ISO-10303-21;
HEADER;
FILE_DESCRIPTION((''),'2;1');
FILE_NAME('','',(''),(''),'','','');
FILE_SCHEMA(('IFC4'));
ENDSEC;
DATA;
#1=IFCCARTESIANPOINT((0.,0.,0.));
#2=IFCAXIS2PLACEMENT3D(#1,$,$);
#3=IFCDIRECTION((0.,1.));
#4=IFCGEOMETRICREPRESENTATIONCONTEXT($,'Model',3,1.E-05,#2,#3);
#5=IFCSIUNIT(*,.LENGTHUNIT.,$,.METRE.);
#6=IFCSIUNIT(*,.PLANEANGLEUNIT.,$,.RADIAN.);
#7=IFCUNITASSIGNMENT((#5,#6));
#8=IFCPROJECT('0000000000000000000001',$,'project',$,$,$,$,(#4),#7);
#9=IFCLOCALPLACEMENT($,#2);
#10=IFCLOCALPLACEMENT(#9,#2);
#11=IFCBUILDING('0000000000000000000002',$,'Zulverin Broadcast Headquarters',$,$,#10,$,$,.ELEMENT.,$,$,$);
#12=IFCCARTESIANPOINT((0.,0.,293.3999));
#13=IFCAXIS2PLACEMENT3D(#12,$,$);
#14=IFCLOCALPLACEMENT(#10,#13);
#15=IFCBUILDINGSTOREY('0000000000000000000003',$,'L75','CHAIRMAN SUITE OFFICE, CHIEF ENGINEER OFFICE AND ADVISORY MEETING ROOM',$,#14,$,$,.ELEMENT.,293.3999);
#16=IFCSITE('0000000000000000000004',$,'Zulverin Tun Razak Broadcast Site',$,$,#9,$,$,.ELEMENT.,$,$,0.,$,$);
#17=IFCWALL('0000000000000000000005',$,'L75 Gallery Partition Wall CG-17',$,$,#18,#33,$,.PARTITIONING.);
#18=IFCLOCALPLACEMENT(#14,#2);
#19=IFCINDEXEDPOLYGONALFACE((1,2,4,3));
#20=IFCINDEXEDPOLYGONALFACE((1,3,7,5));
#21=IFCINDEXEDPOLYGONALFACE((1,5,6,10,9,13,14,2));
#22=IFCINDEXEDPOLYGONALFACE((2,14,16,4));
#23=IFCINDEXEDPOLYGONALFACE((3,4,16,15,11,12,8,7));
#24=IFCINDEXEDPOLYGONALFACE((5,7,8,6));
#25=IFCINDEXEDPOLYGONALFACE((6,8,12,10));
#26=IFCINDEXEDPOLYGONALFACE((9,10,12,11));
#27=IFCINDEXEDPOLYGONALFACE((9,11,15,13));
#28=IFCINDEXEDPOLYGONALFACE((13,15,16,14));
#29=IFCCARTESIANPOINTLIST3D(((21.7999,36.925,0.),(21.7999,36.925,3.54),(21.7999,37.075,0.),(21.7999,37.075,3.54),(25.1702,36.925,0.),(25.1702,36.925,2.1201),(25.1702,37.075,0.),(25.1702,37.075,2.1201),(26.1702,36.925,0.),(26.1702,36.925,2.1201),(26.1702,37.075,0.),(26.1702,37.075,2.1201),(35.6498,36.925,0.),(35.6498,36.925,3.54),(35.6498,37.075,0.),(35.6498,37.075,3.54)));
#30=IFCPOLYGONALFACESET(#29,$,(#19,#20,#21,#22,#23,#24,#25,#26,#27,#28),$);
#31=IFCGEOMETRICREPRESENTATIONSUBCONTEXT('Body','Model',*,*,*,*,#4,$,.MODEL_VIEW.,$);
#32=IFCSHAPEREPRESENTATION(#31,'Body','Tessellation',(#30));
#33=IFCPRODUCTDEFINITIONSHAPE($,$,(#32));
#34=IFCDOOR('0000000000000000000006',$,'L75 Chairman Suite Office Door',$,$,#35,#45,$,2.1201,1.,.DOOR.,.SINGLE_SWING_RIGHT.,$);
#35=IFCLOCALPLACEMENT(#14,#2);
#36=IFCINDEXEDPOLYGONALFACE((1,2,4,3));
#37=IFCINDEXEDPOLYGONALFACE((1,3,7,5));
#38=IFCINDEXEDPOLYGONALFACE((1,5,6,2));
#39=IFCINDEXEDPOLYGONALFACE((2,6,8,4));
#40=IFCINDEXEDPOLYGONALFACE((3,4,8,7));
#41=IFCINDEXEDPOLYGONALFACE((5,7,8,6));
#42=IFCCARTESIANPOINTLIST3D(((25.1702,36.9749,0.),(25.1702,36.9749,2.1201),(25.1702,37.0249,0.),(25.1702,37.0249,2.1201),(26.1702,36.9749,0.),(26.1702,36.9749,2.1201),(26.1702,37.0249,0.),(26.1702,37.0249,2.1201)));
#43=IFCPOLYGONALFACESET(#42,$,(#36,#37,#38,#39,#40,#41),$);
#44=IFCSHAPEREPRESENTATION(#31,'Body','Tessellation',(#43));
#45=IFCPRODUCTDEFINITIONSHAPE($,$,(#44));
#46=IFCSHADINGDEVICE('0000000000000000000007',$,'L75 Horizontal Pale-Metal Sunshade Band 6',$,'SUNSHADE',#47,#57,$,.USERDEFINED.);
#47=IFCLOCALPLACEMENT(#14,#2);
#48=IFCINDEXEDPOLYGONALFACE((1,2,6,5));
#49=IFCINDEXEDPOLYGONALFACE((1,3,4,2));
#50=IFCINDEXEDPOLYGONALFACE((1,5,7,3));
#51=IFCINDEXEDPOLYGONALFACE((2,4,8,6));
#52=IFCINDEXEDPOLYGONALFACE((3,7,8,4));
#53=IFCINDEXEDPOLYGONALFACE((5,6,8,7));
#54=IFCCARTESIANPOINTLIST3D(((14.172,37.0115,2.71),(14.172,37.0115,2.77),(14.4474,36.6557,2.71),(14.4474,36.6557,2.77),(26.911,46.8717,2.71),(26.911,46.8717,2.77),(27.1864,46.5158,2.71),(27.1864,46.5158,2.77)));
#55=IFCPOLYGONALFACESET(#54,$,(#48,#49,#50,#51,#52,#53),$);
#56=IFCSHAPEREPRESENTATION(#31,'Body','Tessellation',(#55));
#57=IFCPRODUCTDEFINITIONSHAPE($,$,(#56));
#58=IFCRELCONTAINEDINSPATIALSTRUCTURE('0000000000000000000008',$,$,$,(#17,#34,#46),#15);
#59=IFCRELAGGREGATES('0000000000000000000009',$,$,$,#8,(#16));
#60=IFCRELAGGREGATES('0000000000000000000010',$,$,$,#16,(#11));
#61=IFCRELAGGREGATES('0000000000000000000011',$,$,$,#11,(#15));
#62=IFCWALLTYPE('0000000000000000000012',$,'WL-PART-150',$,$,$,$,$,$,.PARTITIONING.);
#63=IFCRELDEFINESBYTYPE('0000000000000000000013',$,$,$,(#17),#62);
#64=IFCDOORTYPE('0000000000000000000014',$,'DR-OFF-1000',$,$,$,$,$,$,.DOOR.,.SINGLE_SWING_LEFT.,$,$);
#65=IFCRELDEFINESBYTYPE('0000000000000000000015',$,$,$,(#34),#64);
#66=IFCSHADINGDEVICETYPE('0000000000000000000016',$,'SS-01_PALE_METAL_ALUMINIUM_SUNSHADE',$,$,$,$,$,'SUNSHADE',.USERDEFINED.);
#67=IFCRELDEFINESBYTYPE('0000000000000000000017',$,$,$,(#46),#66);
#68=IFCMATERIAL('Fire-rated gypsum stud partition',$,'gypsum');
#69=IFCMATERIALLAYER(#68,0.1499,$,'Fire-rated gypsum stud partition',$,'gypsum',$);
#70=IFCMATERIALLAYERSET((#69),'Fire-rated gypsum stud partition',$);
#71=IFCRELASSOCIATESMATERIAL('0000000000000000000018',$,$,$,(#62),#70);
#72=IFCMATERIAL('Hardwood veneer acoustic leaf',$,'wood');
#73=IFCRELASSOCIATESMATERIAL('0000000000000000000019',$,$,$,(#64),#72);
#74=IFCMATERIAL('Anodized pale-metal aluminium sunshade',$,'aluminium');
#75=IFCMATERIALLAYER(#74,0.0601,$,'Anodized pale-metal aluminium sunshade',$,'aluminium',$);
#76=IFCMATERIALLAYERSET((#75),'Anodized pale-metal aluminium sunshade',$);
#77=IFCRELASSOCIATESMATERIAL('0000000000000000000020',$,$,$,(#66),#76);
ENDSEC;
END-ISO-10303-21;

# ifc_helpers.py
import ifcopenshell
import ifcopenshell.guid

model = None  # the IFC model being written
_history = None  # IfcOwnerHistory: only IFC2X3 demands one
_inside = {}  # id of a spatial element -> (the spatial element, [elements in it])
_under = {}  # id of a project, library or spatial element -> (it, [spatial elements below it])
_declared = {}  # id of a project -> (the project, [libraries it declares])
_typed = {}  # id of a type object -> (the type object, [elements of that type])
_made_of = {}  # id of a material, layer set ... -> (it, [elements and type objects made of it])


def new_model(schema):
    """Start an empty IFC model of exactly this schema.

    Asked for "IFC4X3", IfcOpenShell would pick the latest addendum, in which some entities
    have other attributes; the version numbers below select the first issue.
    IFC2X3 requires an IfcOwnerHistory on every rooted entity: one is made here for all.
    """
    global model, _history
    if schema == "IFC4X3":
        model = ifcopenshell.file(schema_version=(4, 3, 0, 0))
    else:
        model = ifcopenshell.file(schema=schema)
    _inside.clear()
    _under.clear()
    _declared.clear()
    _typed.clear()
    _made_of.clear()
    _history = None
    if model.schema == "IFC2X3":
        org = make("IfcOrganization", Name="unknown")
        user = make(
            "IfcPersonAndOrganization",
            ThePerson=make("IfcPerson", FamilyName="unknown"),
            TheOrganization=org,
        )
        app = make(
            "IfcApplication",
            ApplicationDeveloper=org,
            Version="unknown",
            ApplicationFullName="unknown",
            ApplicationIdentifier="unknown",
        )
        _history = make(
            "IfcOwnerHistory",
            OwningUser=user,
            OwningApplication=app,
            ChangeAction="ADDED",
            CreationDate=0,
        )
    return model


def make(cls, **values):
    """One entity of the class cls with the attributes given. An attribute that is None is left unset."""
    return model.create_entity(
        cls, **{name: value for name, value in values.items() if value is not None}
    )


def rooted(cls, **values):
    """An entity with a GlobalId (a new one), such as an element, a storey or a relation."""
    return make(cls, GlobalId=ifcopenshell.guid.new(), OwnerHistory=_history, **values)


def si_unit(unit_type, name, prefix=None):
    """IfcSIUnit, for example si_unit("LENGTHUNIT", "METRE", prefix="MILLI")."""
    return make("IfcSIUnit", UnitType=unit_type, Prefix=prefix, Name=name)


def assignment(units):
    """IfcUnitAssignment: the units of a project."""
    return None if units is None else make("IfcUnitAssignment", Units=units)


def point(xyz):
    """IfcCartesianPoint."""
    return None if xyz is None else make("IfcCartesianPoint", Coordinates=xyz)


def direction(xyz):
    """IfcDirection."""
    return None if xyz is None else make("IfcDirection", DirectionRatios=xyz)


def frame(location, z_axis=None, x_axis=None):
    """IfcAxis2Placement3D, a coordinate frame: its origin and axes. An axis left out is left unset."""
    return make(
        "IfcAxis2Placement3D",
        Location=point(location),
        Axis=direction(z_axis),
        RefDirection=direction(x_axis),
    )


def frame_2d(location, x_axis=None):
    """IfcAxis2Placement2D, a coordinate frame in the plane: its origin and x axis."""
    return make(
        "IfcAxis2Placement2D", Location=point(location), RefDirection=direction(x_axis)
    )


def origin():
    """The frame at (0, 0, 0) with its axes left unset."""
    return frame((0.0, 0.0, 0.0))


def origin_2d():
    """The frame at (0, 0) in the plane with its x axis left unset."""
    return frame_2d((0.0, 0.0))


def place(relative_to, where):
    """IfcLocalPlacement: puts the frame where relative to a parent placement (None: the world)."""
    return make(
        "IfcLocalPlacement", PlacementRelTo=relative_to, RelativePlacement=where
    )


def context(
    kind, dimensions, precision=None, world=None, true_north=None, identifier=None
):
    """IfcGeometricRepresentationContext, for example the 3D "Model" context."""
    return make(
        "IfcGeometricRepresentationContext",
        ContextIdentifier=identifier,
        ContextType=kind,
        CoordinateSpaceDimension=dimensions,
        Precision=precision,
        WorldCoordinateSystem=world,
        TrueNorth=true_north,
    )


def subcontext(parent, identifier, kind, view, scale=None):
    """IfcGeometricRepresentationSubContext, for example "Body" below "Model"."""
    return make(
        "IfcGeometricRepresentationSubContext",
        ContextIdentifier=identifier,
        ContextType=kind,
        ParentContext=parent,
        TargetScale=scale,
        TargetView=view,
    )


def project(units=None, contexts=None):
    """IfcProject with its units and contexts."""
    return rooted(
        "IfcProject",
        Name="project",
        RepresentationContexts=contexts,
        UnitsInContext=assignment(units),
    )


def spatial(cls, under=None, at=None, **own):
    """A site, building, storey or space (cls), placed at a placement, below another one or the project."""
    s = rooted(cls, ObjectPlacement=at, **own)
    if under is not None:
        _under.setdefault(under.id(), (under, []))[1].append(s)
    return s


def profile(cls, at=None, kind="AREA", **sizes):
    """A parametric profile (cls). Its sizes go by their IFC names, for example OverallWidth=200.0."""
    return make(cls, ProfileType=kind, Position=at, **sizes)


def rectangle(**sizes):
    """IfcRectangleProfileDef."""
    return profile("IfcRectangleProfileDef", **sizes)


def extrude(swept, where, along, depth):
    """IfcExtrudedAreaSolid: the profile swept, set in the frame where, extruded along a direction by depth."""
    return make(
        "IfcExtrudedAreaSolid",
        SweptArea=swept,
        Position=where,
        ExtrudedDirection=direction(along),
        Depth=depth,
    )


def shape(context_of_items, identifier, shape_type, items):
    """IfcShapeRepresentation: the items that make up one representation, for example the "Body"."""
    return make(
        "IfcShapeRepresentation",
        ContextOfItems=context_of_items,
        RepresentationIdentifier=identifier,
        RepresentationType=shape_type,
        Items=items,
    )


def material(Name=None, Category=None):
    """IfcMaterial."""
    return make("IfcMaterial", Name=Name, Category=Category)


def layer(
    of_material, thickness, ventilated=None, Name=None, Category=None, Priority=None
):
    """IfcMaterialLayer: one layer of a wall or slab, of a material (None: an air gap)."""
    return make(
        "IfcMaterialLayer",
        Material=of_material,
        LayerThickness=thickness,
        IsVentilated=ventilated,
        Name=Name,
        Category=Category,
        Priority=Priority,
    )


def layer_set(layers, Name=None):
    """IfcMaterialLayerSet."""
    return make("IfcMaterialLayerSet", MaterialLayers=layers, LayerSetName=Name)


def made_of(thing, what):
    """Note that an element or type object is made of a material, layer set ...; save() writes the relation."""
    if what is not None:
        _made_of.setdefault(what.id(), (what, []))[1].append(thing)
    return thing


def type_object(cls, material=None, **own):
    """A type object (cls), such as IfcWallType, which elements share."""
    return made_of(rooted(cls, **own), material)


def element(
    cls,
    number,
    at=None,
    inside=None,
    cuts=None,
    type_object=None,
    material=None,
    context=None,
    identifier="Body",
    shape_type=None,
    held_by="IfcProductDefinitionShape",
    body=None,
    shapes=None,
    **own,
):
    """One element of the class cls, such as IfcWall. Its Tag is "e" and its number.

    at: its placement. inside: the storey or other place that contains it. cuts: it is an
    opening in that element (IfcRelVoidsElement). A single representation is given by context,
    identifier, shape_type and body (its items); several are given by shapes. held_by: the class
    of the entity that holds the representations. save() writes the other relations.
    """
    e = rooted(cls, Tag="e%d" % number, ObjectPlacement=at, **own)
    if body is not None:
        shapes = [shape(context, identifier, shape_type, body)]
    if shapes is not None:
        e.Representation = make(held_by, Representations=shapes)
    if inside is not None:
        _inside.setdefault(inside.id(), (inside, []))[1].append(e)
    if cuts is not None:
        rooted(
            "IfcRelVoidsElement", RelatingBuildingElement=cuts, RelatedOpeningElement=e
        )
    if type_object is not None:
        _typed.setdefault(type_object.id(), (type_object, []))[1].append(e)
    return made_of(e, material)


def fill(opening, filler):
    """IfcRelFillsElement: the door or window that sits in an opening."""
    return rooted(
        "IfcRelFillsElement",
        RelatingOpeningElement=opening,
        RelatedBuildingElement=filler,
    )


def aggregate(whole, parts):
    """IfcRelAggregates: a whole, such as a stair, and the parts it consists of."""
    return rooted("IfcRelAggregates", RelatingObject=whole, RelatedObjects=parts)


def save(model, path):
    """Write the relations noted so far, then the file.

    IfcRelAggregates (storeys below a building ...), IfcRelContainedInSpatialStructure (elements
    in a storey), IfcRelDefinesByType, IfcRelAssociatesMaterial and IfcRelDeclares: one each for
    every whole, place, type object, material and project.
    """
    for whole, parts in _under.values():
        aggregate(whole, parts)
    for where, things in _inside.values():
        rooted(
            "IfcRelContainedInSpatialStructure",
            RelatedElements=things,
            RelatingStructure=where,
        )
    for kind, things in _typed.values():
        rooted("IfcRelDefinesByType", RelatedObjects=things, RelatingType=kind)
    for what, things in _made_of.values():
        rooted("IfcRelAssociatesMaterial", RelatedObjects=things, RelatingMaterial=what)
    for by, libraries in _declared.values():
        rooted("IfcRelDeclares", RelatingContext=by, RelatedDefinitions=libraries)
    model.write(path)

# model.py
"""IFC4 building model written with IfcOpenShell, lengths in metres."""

from ifc_helpers import new_model, si_unit, direction, frame, frame_2d, origin, origin_2d, place, context, subcontext, project, spatial, rectangle, extrude, material, layer, layer_set, type_object, element, fill, save


model = new_model("IFC4")

# Units and contexts
model_context = context("Model", 3, precision=1e-05, world=origin(), true_north=direction((0.0, 1.0)))
body_context = subcontext(model_context, "Body", "Model", "MODEL_VIEW")
ifc_project = project(units=[si_unit("LENGTHUNIT", "METRE"), si_unit("PLANEANGLEUNIT", "RADIAN")], contexts=[model_context])

# Site, building, storey
site_placement = place(None, origin())
site = spatial("IfcSite", under=ifc_project, at=site_placement, Name="Zulverin Tun Razak Broadcast Site", CompositionType="ELEMENT", RefElevation=0.0)
building_placement = place(site_placement, origin())
building = spatial("IfcBuilding", under=site, at=building_placement, Name="Zulverin Broadcast Headquarters", CompositionType="ELEMENT")
storey_placement = place(building_placement, frame((0.0, 0.0, 293.3999)))
storey = spatial("IfcBuildingStorey", under=building, at=storey_placement, Name="L75", Description="CHAIRMAN SUITE OFFICE, CHIEF ENGINEER OFFICE AND ADVISORY MEETING ROOM", CompositionType="ELEMENT", Elevation=293.3999)

# Shared definitions
ifc_material_1 = material(Name="Fire-rated gypsum stud partition", Category="gypsum")
ifc_layer_1 = layer(ifc_material_1, 0.1499, Name="Fire-rated gypsum stud partition", Category="gypsum")
ifc_layer_set_1 = layer_set([ifc_layer_1], Name="Fire-rated gypsum stud partition")
wall_type_1 = type_object("IfcWallType", Name="WL-PART-150", PredefinedType="PARTITIONING", material=ifc_layer_set_1)

# Wall, opening, door
wall_1_placement = place(storey_placement, frame((21.8, 37.0, 0.0), z_axis=(0.0, 0.0, 1.0), x_axis=(1.0, 0.0, 0.0)))
wall_1 = element("IfcWall", 1, at=wall_1_placement, inside=storey, type_object=wall_type_1, Name="L75 Gallery Partition Wall CG-17", PredefinedType="PARTITIONING", context=body_context, shape_type="SweptSolid", body=[
    extrude(rectangle(XDim=13.8499, YDim=0.1499, at=frame_2d((6.9248, 0.0))), origin(), (0.0, 0.0, 1.0), 3.54),
])
opening_1_placement = place(wall_1_placement, frame((3.3701, 0.0, 0.0)))
opening_1 = element("IfcOpeningElement", 2, at=opening_1_placement, cuts=wall_1, PredefinedType="OPENING", context=body_context, shape_type="SweptSolid", body=[
    extrude(rectangle(XDim=1.0, YDim=2.1201, at=frame_2d((0.5, 1.0601))), frame((0.0, 0.085, 0.0), z_axis=(0.0, -1.0, 0.0), x_axis=(1.0, 0.0, 0.0)), (0.0, 0.0, 1.0), 0.1699),
])
ifc_material_2 = material(Name="Hardwood veneer acoustic leaf", Category="wood")
door_type_1 = type_object("IfcDoorType", Name="DR-OFF-1000", OperationType="SINGLE_SWING_LEFT", PredefinedType="DOOR", material=ifc_material_2)
door_1_placement = place(opening_1_placement, origin())
door_1 = element("IfcDoor", 3, at=door_1_placement, inside=storey, type_object=door_type_1, Name="L75 Chairman Suite Office Door", OperationType="SINGLE_SWING_RIGHT", OverallHeight=2.1201, OverallWidth=1.0, PredefinedType="DOOR", context=body_context, shape_type="SweptSolid", body=[
    extrude(rectangle(XDim=1.0, YDim=2.1201, at=frame_2d((0.5, 1.0601))), frame((0.0, 0.0249, 0.0), z_axis=(0.0, -1.0, 0.0), x_axis=(1.0, 0.0, 0.0)), (0.0, 0.0, 1.0), 0.05),
])
fill(opening_1, door_1)

# Shading device
ifc_material_3 = material(Name="Anodized pale-metal aluminium sunshade", Category="aluminium")
ifc_layer_2 = layer(ifc_material_3, 0.0601, Name="Anodized pale-metal aluminium sunshade", Category="aluminium")
ifc_layer_set_2 = layer_set([ifc_layer_2], Name="Anodized pale-metal aluminium sunshade")
shading_device_type = type_object("IfcShadingDeviceType", Name="SS-01_PALE_METAL_ALUMINIUM_SUNSHADE", ElementType="SUNSHADE", PredefinedType="USERDEFINED", material=ifc_layer_set_2)
shading_device_placement = place(storey_placement, frame((20.6792, 41.7637, 2.71), z_axis=(0.0, 0.0, 1.0), x_axis=(-0.790792, -0.612085, 0.0)))
element("IfcShadingDevice", 4, at=shading_device_placement, inside=storey, type_object=shading_device_type, Name="L75 Horizontal Pale-Metal Sunshade Band 6", ObjectType="SUNSHADE", PredefinedType="USERDEFINED", context=body_context, shape_type="SweptSolid", body=[
    extrude(rectangle(XDim=16.1091, YDim=0.45, at=origin_2d()), origin(), (0.0, 0.0, 1.0), 0.0601),
])

save(model, "model.ifc")
